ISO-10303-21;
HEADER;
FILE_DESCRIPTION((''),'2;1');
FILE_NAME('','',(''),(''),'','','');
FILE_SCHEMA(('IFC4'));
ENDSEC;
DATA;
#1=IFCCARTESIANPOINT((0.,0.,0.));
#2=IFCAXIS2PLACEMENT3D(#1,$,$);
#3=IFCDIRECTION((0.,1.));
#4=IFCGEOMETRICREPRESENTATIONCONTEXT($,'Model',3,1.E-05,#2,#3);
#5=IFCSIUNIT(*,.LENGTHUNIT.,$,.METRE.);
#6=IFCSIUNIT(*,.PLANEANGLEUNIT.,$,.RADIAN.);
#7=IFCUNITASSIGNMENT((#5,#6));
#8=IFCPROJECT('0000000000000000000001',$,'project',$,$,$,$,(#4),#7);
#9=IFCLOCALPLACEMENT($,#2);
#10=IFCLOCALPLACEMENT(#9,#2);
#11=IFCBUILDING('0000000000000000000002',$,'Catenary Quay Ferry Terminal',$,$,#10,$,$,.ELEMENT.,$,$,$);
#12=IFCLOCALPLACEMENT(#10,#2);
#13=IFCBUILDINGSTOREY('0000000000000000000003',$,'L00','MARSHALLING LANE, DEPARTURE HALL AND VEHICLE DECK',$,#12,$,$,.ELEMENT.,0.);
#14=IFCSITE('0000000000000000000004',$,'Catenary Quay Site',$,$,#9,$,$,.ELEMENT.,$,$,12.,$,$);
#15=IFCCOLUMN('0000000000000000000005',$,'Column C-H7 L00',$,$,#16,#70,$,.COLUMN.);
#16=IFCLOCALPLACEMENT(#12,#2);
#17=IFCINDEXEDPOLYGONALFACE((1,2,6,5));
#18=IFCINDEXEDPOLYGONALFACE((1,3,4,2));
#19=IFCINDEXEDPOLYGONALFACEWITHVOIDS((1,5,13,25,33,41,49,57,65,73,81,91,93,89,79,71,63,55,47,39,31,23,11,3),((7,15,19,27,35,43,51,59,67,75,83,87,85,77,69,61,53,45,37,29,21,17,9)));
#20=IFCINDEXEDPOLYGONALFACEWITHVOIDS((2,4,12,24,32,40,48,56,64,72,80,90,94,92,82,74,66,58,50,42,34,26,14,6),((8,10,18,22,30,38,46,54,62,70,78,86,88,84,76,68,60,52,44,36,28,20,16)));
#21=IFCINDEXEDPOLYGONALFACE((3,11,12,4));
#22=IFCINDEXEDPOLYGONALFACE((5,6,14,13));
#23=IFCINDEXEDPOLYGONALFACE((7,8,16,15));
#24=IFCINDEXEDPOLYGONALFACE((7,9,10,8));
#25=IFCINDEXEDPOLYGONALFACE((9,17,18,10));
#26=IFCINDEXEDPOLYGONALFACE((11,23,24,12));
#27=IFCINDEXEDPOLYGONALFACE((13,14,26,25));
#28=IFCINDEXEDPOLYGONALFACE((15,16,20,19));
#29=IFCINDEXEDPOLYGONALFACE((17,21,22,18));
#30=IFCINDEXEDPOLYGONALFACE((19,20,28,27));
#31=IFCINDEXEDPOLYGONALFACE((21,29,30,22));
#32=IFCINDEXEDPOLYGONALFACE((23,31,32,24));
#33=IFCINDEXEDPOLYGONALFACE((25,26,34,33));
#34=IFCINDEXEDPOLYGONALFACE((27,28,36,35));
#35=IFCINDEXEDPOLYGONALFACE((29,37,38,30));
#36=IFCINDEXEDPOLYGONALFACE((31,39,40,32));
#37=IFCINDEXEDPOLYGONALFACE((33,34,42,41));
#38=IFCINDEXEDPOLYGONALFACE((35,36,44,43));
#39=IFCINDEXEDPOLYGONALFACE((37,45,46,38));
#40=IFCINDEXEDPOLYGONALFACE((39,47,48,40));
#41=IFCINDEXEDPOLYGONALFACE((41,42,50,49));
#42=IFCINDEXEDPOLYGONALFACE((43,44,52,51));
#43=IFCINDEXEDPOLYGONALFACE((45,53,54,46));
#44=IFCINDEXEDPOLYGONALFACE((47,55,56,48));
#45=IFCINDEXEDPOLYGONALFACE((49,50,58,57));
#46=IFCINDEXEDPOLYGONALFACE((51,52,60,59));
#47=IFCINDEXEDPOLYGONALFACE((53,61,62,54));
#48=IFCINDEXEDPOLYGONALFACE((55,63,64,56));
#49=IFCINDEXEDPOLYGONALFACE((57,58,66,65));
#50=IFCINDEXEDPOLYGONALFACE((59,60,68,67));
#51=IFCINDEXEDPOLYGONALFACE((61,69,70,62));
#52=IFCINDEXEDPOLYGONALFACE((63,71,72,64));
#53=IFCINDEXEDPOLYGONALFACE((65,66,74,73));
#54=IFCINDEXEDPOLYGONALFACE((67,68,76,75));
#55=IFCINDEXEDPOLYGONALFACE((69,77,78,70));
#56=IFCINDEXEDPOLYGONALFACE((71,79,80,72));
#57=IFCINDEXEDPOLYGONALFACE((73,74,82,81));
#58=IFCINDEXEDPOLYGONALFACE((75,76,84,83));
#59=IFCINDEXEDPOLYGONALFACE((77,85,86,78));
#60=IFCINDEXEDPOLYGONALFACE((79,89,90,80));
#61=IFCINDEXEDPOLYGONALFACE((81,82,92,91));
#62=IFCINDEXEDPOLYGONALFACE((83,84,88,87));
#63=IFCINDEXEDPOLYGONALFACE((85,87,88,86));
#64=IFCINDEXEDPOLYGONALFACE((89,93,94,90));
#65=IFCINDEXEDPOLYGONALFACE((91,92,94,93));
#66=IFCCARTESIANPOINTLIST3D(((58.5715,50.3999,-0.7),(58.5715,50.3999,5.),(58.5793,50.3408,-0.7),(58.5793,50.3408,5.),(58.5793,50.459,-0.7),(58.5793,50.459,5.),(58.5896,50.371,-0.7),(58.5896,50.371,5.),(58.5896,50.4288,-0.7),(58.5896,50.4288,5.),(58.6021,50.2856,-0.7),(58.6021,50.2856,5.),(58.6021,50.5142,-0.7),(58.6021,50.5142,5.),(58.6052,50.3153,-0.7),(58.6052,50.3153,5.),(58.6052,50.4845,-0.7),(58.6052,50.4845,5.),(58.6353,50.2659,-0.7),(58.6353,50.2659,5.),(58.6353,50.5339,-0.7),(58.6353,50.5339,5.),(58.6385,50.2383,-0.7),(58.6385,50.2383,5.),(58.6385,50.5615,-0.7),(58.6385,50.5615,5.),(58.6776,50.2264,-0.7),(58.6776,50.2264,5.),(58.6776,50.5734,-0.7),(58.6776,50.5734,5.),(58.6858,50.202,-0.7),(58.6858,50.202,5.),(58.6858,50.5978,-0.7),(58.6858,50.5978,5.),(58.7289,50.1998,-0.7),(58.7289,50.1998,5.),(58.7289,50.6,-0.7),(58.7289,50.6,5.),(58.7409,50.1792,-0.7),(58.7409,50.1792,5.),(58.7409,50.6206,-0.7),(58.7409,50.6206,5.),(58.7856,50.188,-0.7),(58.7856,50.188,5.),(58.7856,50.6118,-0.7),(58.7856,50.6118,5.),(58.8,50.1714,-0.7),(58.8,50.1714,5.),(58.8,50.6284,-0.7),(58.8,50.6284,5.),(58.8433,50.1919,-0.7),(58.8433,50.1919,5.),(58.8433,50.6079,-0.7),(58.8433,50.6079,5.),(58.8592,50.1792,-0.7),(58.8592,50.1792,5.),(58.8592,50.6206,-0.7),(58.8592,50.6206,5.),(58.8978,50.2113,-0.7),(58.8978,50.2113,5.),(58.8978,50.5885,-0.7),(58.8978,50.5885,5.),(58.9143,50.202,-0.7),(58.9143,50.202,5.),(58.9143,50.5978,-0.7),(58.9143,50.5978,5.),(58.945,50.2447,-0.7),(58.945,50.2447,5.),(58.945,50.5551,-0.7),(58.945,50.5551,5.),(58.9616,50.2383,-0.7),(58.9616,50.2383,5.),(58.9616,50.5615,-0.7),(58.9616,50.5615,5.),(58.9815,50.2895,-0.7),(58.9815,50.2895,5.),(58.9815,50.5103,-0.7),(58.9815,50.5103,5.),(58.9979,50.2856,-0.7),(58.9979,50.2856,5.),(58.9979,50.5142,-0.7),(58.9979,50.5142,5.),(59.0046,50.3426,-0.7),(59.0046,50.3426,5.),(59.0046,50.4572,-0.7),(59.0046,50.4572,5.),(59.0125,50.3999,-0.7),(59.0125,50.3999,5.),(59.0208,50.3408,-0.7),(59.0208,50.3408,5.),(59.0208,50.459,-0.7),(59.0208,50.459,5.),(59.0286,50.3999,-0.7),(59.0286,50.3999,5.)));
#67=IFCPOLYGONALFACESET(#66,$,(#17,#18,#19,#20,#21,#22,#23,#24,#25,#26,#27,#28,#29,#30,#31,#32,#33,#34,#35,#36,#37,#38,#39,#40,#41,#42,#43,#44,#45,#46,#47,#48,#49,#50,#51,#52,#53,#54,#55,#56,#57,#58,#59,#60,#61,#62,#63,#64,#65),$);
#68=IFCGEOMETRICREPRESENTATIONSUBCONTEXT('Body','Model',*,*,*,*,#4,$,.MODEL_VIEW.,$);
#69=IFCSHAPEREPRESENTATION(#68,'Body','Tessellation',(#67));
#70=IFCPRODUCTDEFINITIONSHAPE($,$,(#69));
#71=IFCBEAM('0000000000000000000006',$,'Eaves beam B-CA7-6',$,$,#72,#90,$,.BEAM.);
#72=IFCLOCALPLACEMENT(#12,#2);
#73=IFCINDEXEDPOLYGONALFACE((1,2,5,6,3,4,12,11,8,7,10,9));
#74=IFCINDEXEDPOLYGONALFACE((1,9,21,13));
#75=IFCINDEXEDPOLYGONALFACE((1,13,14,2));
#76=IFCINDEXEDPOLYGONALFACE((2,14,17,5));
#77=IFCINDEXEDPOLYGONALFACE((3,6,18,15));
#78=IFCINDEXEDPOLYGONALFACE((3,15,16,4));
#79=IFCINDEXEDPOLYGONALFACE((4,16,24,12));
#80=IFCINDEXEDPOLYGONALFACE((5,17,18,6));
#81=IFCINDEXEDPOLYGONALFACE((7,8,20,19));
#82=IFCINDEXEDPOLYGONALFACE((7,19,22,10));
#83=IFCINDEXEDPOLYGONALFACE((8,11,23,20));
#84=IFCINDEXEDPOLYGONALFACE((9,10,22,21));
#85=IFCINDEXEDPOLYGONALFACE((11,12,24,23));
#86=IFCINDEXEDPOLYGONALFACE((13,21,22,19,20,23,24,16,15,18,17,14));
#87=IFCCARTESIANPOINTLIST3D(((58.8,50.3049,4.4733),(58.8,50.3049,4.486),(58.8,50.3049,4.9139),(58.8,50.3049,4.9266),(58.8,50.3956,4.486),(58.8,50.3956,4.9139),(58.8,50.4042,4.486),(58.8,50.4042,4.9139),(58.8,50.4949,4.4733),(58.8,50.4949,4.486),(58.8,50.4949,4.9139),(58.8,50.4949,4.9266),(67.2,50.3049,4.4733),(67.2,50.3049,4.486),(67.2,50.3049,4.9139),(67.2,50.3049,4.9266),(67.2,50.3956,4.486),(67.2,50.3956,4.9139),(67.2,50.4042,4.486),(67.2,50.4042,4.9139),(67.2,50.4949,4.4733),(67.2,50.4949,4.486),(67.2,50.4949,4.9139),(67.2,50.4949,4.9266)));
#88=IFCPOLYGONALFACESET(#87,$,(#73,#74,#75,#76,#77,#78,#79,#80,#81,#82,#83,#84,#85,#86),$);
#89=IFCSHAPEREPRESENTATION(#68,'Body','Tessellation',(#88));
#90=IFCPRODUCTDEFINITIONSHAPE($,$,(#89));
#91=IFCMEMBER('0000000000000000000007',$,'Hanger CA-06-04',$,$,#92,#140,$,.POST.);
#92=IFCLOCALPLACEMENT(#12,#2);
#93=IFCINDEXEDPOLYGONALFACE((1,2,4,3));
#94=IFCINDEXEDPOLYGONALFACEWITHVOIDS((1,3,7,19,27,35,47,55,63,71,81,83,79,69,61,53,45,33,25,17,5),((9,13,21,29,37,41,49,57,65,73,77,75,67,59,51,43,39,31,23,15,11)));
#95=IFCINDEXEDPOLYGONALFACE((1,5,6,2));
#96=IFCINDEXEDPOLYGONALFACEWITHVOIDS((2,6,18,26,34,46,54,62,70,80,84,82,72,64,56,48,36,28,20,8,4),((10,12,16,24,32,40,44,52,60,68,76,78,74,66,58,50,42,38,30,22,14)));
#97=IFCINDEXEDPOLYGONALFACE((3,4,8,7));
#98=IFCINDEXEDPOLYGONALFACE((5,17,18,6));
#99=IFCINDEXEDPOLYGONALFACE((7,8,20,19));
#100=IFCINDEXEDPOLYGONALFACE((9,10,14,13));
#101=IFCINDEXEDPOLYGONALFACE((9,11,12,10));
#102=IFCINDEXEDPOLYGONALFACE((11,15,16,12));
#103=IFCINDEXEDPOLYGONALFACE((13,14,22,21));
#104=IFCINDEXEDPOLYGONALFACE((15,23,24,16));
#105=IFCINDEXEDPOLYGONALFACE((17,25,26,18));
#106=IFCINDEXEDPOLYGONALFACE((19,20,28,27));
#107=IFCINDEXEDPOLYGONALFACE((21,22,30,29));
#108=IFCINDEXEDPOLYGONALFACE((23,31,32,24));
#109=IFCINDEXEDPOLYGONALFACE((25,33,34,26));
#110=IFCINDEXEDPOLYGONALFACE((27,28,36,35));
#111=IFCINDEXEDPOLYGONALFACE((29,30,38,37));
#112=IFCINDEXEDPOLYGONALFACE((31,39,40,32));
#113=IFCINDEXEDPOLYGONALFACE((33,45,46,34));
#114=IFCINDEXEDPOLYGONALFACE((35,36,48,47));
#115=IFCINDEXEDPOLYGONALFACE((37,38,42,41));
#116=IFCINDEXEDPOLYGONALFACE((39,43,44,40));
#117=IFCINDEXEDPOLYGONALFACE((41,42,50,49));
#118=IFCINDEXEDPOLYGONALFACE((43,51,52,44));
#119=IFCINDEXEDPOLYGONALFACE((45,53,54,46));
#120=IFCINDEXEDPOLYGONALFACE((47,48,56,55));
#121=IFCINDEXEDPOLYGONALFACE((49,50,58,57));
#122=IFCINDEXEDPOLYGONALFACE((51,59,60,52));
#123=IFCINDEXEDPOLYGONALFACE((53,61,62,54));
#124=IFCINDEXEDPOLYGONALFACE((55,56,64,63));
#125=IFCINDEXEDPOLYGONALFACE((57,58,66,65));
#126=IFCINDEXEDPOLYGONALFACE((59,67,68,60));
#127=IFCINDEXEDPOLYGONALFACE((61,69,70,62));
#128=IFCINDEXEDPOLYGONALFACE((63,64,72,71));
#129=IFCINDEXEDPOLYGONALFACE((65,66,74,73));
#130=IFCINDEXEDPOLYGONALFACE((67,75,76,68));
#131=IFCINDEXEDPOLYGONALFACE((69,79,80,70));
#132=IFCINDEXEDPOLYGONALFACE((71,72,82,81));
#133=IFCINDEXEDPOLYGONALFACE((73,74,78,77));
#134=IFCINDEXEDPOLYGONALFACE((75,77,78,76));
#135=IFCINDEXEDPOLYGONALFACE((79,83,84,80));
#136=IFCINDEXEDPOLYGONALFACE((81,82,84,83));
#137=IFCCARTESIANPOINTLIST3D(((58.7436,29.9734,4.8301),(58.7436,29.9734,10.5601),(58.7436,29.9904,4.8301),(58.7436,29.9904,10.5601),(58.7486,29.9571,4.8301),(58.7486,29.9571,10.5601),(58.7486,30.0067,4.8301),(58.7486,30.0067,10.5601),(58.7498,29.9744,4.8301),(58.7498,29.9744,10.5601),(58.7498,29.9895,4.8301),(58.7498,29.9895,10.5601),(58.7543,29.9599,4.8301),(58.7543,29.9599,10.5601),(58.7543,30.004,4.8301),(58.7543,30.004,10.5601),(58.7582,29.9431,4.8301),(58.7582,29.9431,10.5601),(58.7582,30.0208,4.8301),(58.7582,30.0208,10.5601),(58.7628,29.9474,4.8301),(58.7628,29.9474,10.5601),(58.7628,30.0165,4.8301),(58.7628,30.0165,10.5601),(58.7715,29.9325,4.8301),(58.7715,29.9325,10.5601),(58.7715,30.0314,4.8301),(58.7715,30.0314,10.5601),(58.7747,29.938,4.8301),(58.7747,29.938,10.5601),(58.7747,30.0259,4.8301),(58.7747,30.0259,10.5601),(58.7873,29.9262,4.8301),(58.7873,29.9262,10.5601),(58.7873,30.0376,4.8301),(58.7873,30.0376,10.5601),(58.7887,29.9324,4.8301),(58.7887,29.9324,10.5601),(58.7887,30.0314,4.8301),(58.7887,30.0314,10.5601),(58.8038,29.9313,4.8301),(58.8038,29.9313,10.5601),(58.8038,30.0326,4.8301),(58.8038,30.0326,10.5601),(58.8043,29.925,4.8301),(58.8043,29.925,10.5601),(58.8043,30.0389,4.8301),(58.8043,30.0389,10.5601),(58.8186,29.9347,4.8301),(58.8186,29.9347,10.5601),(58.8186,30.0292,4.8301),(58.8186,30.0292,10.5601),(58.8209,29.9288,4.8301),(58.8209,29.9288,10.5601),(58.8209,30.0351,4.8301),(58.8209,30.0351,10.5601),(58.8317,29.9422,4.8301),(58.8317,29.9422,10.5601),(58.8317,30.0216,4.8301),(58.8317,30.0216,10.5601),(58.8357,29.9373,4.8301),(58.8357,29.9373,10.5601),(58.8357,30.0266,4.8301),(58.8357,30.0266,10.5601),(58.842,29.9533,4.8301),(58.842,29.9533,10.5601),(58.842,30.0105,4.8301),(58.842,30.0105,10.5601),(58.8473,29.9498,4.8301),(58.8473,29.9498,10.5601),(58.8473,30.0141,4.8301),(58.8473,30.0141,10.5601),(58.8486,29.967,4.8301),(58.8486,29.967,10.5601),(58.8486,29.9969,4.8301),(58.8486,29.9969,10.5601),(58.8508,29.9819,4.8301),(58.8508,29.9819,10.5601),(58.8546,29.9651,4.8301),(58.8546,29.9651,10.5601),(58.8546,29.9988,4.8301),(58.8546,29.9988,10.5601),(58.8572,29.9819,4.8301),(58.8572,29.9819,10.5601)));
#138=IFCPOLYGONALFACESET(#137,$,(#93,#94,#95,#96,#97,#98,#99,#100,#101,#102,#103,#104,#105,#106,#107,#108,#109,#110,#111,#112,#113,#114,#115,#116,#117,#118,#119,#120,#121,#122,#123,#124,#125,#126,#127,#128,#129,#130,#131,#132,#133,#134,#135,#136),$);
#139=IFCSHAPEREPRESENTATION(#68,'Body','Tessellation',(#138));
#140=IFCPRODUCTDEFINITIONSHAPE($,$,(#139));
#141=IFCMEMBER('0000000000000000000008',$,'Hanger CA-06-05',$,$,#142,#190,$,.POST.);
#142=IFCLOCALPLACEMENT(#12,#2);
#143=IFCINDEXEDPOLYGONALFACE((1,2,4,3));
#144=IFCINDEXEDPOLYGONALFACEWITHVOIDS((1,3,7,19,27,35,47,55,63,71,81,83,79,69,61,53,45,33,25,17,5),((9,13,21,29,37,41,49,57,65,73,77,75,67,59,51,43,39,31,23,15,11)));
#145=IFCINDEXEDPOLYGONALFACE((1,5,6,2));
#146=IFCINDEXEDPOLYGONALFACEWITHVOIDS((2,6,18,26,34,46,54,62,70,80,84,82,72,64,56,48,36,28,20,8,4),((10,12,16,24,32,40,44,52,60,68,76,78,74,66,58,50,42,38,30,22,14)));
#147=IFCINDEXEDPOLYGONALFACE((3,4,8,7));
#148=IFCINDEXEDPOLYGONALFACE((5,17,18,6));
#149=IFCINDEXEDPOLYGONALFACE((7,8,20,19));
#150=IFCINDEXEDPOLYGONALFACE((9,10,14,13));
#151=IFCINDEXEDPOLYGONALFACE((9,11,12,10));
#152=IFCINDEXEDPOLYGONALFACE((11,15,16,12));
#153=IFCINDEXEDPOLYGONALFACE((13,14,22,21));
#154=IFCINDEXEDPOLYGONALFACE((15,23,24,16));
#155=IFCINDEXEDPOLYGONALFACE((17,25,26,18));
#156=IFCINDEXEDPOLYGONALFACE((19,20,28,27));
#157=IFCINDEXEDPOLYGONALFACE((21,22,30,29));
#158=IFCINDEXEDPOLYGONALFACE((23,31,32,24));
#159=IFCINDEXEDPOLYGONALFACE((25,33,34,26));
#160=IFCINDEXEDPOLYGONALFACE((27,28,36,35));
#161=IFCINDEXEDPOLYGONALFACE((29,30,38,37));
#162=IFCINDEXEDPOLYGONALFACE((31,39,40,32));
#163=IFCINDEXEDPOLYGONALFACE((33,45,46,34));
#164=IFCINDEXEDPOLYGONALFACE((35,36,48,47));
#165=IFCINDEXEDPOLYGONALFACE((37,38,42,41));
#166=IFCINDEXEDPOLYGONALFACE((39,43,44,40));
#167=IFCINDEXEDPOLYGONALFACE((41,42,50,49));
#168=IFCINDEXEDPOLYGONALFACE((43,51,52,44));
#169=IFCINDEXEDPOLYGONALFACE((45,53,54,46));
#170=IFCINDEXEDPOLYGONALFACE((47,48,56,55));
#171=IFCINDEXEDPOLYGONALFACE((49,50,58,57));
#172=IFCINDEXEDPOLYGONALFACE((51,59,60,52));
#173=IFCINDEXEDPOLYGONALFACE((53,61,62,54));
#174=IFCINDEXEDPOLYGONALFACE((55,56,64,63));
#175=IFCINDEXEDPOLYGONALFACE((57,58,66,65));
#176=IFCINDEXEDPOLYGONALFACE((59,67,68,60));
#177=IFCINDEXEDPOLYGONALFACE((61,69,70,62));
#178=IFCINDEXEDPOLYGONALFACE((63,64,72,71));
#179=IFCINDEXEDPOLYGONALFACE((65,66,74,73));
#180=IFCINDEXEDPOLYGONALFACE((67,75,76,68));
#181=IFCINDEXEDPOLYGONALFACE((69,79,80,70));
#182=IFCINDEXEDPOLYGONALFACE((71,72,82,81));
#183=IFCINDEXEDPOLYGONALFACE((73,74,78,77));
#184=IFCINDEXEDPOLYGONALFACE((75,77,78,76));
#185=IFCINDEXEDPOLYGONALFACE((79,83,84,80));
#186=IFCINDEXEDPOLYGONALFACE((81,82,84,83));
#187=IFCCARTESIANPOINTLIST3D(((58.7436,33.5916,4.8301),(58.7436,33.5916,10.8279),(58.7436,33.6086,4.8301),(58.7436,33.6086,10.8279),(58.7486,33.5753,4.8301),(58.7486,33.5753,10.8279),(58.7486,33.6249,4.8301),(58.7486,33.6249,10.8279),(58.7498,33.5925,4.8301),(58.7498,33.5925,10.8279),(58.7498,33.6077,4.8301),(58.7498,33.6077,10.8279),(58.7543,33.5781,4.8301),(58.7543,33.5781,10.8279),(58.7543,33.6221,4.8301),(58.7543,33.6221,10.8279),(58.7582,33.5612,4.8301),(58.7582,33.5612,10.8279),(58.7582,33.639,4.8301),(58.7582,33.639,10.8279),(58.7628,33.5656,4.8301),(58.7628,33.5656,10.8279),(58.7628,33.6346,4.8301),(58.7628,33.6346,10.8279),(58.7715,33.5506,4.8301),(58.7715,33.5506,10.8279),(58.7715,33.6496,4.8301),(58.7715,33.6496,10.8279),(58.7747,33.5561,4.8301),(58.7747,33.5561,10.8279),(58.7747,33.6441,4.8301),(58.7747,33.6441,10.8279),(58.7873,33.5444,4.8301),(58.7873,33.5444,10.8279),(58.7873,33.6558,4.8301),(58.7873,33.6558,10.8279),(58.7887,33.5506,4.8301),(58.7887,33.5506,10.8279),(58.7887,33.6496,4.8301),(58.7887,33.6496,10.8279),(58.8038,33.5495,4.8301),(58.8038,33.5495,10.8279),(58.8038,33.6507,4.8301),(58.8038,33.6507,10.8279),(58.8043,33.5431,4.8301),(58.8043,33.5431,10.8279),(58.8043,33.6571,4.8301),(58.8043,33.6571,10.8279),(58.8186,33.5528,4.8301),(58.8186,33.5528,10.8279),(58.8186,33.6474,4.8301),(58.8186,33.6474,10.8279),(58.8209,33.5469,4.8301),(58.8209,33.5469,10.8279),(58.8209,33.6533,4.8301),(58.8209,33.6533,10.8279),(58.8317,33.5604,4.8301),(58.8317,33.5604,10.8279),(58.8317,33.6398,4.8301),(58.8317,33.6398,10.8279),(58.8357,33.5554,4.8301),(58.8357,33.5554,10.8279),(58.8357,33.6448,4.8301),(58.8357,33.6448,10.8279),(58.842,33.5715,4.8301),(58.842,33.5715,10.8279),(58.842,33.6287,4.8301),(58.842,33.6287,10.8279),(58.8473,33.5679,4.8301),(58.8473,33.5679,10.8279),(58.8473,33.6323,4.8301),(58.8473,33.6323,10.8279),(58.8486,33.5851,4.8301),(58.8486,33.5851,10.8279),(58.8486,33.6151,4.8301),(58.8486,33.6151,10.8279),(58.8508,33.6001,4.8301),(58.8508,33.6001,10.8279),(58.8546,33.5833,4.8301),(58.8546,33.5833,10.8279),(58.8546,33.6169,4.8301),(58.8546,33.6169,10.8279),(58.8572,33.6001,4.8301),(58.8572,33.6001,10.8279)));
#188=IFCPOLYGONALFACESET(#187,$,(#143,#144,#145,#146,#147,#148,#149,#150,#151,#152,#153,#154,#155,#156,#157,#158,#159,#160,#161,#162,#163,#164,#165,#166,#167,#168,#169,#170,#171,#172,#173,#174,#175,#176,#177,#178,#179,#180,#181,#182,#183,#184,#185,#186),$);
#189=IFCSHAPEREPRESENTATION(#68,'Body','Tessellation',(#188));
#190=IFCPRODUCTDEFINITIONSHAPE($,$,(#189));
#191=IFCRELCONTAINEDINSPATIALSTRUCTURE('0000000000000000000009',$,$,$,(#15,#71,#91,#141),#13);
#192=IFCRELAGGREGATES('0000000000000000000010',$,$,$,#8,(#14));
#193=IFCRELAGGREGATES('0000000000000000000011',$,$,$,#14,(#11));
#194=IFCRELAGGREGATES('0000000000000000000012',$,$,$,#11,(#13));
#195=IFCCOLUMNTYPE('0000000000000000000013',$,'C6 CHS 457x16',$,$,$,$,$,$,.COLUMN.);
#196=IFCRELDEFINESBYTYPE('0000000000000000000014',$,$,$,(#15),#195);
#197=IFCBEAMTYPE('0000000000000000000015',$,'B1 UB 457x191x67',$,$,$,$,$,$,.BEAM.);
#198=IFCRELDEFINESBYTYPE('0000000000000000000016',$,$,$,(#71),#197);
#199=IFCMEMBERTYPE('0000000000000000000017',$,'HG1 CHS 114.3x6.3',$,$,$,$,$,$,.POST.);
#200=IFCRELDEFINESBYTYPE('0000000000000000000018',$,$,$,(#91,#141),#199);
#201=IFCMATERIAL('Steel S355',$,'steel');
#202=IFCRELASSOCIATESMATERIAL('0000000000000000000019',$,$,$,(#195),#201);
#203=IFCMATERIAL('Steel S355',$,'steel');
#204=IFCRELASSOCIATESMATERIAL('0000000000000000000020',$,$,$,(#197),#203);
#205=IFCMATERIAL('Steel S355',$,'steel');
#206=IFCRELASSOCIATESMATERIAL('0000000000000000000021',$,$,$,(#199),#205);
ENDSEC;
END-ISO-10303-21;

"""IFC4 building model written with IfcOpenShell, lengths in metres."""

from ifc_helpers import new_model, si_unit, direction, frame, origin, origin_2d, place, context, subcontext, project, spatial, hollow_circle, i_section, extrude, material, material_profile, profile_set, type_object, element, save


model = new_model("IFC4")

# Units and contexts
model_context = context("Model", 3, precision=1e-05, world=origin(), true_north=direction((0.0, 1.0)))
body_context = subcontext(model_context, "Body", "Model", "MODEL_VIEW")
ifc_project = project(units=[si_unit("LENGTHUNIT", "METRE"), si_unit("PLANEANGLEUNIT", "RADIAN")], contexts=[model_context])

# Site, building, storey
site_placement = place(None, origin())
site = spatial("IfcSite", under=ifc_project, at=site_placement, Name="Catenary Quay Site", CompositionType="ELEMENT", RefElevation=12.0)
building_placement = place(site_placement, origin())
building = spatial("IfcBuilding", under=site, at=building_placement, Name="Catenary Quay Ferry Terminal", CompositionType="ELEMENT")
storey_placement = place(building_placement, origin())
storey = spatial("IfcBuildingStorey", under=building, at=storey_placement, Name="L00", Description="MARSHALLING LANE, DEPARTURE HALL AND VEHICLE DECK", CompositionType="ELEMENT", Elevation=0.0)

# Column
ifc_material_1 = material(Name="Steel S355", Category="steel")
ifc_material_profile_1 = material_profile(ifc_material_1, hollow_circle(Radius=0.2285, WallThickness=0.0161, at=origin_2d()), Name="CHS 457x16")
ifc_profile_set_1 = profile_set([ifc_material_profile_1], Name="Steel S355")
column_type = type_object("IfcColumnType", Name="C6 CHS 457x16", PredefinedType="COLUMN", material=ifc_profile_set_1)
column_placement = place(storey_placement, frame((58.8, 50.3999, -0.7), z_axis=(0.0, 0.0, 1.0), x_axis=(1.0, 0.0, 0.0)))
element("IfcColumn", 1, at=column_placement, inside=storey, type_object=column_type, Name="Column C-H7 L00", PredefinedType="COLUMN", context=body_context, shape_type="SweptSolid", body=[
    extrude(hollow_circle(Radius=0.2285, WallThickness=0.0161, at=origin_2d()), origin(), (0.0, 0.0, 1.0), 5.7),
])

# Beam
ifc_material_2 = material(Name="Steel S355", Category="steel")
ifc_material_profile_2 = material_profile(ifc_material_2, i_section(OverallWidth=0.1899, OverallDepth=0.4534, WebThickness=0.0085, FlangeThickness=0.0127, at=origin_2d()), Name="UB 457x191x67")
ifc_profile_set_2 = profile_set([ifc_material_profile_2], Name="Steel S355")
beam_type = type_object("IfcBeamType", Name="B1 UB 457x191x67", PredefinedType="BEAM", material=ifc_profile_set_2)
beam_placement = place(storey_placement, frame((58.8, 50.3999, 4.7), z_axis=(1.0, 0.0, 0.0), x_axis=(0.0, 1.0, 0.0)))
element("IfcBeam", 2, at=beam_placement, inside=storey, type_object=beam_type, Name="Eaves beam B-CA7-6", PredefinedType="BEAM", context=body_context, shape_type="SweptSolid", body=[
    extrude(i_section(OverallWidth=0.1899, OverallDepth=0.4534, WebThickness=0.0085, FlangeThickness=0.0127, at=origin_2d()), origin(), (0.0, 0.0, 1.0), 8.3999),
])

# Members
ifc_material_3 = material(Name="Steel S355", Category="steel")
ifc_material_profile_3 = material_profile(ifc_material_3, hollow_circle(Radius=0.0571, WallThickness=0.0063, at=origin_2d()), Name="CHS 114.3x6.3")
ifc_profile_set_3 = profile_set([ifc_material_profile_3], Name="Steel S355")
member_type_1 = type_object("IfcMemberType", Name="HG1 CHS 114.3x6.3", PredefinedType="POST", material=ifc_profile_set_3)
member_1_placement = place(storey_placement, frame((58.8, 29.9819, 4.8301), z_axis=(0.0, 0.0, 1.0), x_axis=(1.0, 0.0, 0.0)))
element("IfcMember", 3, at=member_1_placement, inside=storey, type_object=member_type_1, Name="Hanger CA-06-04", PredefinedType="POST", context=body_context, shape_type="SweptSolid", body=[
    extrude(hollow_circle(Radius=0.0571, WallThickness=0.0063, at=origin_2d()), origin(), (0.0, 0.0, 1.0), 5.73),
])
member_2_placement = place(storey_placement, frame((58.8, 33.6001, 4.8301), z_axis=(0.0, 0.0, 1.0), x_axis=(1.0, 0.0, 0.0)))
element("IfcMember", 4, at=member_2_placement, inside=storey, type_object=member_type_1, Name="Hanger CA-06-05", PredefinedType="POST", context=body_context, shape_type="SweptSolid", body=[
    extrude(hollow_circle(Radius=0.0571, WallThickness=0.0063, at=origin_2d()), origin(), (0.0, 0.0, 1.0), 5.9978),
])

save(model, "model.ifc")
